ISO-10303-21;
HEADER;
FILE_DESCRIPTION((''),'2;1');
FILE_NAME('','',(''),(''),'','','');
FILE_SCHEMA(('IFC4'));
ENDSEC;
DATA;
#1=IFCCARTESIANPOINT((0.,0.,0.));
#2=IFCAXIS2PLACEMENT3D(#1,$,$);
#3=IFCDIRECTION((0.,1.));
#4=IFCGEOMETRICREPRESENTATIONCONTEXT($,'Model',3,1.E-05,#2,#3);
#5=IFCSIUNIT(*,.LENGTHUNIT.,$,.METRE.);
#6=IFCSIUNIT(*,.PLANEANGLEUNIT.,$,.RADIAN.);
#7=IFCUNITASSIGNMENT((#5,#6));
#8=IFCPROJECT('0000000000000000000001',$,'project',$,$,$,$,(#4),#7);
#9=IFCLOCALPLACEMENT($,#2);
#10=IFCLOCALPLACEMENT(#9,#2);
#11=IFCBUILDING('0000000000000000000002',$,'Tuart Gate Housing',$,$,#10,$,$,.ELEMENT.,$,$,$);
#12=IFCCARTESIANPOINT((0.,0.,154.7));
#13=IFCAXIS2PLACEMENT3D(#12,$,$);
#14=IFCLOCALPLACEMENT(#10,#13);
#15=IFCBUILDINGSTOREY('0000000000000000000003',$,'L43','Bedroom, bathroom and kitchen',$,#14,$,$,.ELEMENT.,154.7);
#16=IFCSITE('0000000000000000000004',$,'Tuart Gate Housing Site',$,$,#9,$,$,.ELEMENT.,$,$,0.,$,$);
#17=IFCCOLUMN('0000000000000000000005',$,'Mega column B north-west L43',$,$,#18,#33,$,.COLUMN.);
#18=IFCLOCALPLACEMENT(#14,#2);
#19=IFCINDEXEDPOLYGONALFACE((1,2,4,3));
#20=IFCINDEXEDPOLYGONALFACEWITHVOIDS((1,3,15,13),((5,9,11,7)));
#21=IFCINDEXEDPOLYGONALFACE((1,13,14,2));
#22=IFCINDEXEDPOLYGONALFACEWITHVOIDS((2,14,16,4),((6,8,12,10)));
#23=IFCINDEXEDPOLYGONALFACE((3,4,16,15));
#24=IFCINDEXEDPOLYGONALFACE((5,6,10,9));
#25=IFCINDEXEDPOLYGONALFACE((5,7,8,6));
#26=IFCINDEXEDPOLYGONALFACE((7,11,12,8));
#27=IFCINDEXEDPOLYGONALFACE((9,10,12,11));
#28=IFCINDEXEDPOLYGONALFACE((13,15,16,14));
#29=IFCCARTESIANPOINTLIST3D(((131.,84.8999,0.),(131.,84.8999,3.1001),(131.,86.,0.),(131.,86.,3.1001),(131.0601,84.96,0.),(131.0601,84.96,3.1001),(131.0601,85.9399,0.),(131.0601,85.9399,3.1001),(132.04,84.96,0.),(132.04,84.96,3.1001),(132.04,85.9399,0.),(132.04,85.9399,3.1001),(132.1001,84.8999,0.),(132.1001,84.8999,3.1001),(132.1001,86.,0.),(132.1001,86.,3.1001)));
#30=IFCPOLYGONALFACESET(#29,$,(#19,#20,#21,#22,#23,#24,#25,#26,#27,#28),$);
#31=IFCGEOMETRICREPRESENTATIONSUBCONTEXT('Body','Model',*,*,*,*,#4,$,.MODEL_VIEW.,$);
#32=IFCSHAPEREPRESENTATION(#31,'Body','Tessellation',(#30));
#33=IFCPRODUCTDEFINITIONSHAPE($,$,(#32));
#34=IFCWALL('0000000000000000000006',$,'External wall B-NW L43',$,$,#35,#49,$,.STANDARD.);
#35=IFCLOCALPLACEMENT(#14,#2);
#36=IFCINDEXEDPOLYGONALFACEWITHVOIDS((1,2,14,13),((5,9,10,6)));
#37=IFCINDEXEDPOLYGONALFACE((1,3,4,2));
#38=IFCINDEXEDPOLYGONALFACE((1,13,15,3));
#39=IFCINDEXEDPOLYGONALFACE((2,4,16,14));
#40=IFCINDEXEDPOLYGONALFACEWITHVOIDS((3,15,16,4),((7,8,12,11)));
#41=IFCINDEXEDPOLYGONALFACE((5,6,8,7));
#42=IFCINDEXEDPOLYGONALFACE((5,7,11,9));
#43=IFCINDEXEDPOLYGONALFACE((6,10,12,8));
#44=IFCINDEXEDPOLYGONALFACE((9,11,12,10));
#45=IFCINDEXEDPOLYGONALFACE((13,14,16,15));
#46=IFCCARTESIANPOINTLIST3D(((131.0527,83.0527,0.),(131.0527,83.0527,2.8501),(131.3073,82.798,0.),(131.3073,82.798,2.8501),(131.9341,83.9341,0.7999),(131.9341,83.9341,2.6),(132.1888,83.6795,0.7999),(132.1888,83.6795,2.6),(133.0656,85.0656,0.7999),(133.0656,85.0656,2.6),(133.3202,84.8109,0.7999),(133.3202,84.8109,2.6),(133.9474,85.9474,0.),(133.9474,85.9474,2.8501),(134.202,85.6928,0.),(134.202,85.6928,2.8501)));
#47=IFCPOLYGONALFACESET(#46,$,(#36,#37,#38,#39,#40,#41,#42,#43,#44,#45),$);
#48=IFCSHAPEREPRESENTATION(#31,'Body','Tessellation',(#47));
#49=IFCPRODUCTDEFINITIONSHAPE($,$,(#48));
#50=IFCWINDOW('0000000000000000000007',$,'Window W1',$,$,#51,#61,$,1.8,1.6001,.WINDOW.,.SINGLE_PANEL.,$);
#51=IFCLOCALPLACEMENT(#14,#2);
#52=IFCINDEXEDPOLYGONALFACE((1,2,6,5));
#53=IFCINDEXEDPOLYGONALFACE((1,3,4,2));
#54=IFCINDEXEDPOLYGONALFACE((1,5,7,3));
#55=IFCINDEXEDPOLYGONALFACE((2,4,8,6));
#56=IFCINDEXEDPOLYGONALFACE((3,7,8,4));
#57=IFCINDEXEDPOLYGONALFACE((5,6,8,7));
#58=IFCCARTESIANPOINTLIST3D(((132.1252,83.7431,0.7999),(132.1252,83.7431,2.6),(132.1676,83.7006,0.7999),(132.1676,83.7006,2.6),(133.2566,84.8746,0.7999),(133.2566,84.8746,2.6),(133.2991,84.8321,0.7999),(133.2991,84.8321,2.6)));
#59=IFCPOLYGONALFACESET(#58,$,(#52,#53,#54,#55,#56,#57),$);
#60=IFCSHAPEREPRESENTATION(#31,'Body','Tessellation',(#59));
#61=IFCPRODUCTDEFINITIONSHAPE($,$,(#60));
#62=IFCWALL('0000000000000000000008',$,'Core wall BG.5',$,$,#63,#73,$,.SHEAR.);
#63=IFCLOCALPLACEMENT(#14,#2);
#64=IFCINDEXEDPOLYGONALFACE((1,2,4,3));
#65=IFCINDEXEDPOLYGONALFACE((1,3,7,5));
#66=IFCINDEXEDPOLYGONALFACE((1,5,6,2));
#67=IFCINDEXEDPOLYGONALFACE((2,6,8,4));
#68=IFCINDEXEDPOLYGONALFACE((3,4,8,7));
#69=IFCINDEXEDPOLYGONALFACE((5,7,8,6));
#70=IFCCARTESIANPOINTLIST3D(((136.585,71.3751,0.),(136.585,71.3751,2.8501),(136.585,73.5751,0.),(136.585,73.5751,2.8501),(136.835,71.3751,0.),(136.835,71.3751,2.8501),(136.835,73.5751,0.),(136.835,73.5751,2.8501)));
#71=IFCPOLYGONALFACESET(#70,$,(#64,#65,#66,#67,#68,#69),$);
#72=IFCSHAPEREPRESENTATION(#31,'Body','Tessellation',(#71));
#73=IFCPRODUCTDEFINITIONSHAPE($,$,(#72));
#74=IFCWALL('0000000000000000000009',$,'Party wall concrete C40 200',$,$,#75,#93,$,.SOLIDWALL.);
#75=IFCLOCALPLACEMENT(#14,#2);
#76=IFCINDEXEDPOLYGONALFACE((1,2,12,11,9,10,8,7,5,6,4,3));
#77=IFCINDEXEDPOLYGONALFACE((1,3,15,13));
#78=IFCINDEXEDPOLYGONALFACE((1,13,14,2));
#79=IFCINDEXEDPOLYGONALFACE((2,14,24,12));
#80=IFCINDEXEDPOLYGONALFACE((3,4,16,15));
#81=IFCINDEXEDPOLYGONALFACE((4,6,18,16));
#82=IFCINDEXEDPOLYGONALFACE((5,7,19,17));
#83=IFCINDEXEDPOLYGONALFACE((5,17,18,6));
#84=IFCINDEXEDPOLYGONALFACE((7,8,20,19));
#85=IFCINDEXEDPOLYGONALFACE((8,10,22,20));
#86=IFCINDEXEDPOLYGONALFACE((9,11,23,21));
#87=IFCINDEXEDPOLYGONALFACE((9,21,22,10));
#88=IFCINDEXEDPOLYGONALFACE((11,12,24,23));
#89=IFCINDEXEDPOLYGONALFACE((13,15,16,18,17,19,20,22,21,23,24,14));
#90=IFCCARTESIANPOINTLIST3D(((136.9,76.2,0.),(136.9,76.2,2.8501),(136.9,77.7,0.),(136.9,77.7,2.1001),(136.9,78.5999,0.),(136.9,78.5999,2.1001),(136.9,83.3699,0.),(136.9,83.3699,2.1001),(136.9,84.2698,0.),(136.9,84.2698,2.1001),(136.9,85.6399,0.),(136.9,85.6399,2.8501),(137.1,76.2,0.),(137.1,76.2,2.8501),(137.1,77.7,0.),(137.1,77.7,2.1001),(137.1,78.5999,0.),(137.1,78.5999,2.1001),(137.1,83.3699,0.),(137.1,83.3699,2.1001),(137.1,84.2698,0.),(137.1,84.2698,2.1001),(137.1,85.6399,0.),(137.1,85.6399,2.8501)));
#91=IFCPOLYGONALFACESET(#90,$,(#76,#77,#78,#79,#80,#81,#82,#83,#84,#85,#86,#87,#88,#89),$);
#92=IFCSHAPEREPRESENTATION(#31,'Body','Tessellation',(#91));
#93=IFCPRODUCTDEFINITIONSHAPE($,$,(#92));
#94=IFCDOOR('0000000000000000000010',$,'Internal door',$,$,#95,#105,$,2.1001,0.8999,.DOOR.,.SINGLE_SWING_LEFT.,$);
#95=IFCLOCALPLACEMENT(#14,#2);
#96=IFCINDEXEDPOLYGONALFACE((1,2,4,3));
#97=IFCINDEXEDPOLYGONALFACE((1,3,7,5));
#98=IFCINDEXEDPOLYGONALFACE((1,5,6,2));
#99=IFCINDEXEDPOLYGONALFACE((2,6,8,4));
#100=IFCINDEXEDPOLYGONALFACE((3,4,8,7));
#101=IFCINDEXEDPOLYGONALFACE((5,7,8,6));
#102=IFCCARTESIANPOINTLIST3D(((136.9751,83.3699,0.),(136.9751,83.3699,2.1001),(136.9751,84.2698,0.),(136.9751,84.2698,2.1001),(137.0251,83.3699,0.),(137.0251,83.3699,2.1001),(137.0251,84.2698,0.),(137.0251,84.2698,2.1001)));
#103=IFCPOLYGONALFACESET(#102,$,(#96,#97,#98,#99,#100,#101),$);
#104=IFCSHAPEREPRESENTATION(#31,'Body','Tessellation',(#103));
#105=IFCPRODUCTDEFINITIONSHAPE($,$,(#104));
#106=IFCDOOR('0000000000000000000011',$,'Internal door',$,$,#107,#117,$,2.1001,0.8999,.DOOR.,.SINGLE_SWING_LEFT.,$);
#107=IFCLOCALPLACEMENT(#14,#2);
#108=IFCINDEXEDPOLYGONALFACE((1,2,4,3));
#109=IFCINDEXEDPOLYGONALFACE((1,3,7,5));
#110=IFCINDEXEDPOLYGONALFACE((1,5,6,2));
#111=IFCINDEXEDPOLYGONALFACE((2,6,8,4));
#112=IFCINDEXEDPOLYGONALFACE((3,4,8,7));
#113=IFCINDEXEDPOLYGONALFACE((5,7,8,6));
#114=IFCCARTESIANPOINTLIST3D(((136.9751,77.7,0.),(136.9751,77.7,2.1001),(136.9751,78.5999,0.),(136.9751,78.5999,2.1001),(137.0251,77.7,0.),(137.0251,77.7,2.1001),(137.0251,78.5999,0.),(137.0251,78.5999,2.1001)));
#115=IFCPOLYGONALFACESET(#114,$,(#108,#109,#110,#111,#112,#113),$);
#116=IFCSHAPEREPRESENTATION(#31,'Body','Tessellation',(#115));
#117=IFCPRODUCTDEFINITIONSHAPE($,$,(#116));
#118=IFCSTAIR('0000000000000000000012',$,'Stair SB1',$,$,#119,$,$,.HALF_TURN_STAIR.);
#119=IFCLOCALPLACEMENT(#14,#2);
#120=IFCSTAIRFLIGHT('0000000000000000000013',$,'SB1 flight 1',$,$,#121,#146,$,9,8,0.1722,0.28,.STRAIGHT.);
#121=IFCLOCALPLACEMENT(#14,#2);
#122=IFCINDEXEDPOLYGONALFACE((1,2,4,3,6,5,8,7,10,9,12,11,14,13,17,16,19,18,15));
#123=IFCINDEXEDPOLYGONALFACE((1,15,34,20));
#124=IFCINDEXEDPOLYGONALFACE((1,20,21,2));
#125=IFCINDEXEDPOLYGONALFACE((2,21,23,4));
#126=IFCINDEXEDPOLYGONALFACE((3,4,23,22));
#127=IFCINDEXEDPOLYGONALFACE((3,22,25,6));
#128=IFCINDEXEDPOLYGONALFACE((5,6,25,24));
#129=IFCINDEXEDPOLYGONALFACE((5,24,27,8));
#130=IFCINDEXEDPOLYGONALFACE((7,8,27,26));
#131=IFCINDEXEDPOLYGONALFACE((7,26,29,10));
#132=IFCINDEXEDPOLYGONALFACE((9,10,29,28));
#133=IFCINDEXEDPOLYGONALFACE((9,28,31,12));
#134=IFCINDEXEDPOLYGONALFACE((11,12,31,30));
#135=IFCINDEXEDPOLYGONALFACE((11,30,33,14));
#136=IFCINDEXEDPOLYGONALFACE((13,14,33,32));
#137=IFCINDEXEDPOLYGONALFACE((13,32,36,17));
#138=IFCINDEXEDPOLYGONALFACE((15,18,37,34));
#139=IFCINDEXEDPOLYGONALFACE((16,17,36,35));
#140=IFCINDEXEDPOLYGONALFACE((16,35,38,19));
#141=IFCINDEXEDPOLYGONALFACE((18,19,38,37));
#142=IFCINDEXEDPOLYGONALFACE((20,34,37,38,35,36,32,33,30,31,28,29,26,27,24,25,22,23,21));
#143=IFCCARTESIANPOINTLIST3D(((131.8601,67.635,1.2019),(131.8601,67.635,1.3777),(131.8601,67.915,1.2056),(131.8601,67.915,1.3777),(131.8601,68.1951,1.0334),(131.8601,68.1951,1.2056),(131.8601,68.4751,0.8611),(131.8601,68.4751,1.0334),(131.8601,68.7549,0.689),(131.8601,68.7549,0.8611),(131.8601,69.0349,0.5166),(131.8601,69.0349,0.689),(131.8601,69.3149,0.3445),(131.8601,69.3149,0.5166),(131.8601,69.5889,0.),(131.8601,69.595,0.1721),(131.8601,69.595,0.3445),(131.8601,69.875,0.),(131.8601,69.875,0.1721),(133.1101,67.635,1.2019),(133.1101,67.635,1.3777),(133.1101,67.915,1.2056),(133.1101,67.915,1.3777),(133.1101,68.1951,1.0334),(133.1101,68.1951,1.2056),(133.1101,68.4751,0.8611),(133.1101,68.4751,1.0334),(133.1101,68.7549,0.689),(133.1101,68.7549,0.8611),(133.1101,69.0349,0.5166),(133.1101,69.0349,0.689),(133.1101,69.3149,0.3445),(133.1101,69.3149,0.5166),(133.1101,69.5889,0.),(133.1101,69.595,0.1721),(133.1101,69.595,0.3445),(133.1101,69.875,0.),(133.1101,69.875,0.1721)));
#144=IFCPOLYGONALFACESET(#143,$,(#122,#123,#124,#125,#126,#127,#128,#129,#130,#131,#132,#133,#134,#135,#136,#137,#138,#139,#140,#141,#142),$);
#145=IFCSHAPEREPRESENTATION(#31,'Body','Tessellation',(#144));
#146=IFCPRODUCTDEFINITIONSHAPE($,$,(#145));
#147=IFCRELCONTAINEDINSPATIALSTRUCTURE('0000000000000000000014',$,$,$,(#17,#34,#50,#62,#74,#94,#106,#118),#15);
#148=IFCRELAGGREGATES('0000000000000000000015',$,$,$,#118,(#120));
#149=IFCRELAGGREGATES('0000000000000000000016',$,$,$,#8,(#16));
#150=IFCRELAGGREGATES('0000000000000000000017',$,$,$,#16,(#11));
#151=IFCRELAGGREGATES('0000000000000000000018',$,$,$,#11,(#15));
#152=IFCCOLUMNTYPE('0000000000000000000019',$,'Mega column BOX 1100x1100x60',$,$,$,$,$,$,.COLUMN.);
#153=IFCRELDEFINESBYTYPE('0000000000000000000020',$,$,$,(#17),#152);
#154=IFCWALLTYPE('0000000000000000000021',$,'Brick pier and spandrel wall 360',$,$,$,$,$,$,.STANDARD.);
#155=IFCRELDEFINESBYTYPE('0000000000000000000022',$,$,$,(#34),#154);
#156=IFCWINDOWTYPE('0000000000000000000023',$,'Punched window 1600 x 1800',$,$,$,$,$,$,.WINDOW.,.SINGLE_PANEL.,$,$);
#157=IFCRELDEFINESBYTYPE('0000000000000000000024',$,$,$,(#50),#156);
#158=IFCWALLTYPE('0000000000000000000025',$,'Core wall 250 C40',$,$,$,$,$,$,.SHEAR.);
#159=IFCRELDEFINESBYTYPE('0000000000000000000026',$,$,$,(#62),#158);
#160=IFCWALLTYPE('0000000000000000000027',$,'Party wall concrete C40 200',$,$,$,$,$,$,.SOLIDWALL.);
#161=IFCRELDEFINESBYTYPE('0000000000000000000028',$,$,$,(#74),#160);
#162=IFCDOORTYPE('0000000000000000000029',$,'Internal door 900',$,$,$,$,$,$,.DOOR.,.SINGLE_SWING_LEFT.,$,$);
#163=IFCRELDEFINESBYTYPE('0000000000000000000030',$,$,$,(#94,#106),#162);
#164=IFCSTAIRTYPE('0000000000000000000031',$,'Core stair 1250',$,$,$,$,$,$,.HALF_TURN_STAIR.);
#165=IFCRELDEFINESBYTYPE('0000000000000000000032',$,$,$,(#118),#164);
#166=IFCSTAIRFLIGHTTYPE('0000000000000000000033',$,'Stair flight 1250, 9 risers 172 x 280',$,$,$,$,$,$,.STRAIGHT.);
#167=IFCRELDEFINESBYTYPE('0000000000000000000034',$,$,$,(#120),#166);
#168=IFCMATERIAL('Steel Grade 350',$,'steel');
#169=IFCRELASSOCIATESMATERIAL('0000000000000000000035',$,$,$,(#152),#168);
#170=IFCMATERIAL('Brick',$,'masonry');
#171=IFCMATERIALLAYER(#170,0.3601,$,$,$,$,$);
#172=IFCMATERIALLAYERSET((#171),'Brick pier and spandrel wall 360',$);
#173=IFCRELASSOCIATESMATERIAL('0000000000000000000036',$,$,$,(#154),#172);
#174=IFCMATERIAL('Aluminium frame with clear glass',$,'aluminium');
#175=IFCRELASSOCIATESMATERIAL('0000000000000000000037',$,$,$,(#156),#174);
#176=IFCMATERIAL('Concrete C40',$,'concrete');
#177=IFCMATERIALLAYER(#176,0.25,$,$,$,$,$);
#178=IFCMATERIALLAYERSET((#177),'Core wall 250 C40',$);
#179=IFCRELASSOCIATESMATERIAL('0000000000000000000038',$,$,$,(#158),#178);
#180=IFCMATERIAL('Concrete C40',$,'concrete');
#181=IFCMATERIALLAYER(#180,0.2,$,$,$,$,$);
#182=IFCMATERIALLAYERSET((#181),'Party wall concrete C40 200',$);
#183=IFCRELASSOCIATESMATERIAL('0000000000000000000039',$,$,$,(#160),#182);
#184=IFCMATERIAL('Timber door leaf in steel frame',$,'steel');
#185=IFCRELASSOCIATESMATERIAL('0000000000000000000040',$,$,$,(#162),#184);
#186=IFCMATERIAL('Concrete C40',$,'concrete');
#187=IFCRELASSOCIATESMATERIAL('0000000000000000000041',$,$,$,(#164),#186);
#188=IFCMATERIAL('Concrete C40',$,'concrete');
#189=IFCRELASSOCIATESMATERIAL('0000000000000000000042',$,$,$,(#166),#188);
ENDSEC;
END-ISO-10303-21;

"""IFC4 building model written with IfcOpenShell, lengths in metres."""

from ifc_helpers import new_model, si_unit, direction, frame, frame_2d, origin, origin_2d, place, context, subcontext, project, spatial, polyline, rectangle, hollow_rectangle, outline, extrude, material, layer, layer_set, material_profile, profile_set, type_object, element, fill, aggregate, save


model = new_model("IFC4")

# Units and contexts
model_context = context("Model", 3, precision=1e-05, world=origin(), true_north=direction((0.0, 1.0)))
body_context = subcontext(model_context, "Body", "Model", "MODEL_VIEW")
ifc_project = project(units=[si_unit("LENGTHUNIT", "METRE"), si_unit("PLANEANGLEUNIT", "RADIAN")], contexts=[model_context])

# Site, building, storey
site_placement = place(None, origin())
site = spatial("IfcSite", under=ifc_project, at=site_placement, Name="Tuart Gate Housing Site", CompositionType="ELEMENT", RefElevation=0.0)
building_placement = place(site_placement, origin())
building = spatial("IfcBuilding", under=site, at=building_placement, Name="Tuart Gate Housing", CompositionType="ELEMENT")
storey_placement = place(building_placement, frame((0.0, 0.0, 154.7)))
storey = spatial("IfcBuildingStorey", under=building, at=storey_placement, Name="L43", Description="Bedroom, bathroom and kitchen", CompositionType="ELEMENT", Elevation=154.7)

# Column
ifc_material_1 = material(Name="Steel Grade 350", Category="steel")
ifc_material_profile = material_profile(ifc_material_1, hollow_rectangle(XDim=1.1001, YDim=1.1001, WallThickness=0.0601, at=origin_2d()), Name="BOX 1100x1100x60")
ifc_profile_set = profile_set([ifc_material_profile], Name="Steel Grade 350")
column_type = type_object("IfcColumnType", Name="Mega column BOX 1100x1100x60", PredefinedType="COLUMN", material=ifc_profile_set)
column_placement = place(storey_placement, frame((131.55, 85.45, 0.0), z_axis=(0.0, 0.0, 1.0), x_axis=(1.0, 0.0, 0.0)))
element("IfcColumn", 1, at=column_placement, inside=storey, type_object=column_type, Name="Mega column B north-west L43", PredefinedType="COLUMN", context=body_context, shape_type="SweptSolid", body=[
    extrude(hollow_rectangle(XDim=1.1001, YDim=1.1001, WallThickness=0.0601, at=origin_2d()), origin(), (0.0, 0.0, 1.0), 3.1001),
])

# Wall, opening, window
ifc_material_2 = material(Name="Brick", Category="masonry")
ifc_layer_1 = layer(ifc_material_2, 0.3601)
ifc_layer_set_1 = layer_set([ifc_layer_1], Name="Brick pier and spandrel wall 360")
wall_type_1 = type_object("IfcWallType", Name="Brick pier and spandrel wall 360", PredefinedType="STANDARD", material=ifc_layer_set_1)
wall_1_placement = place(storey_placement, frame((134.0747, 85.8201, 0.0), z_axis=(0.0, 0.0, 1.0), x_axis=(-0.707107, -0.707107, 0.0)))
wall_1 = element("IfcWall", 2, at=wall_1_placement, inside=storey, type_object=wall_type_1, Name="External wall B-NW L43", PredefinedType="STANDARD", context=body_context, shape_type="SweptSolid", body=[
    extrude(rectangle(XDim=4.0938, YDim=0.3601, at=frame_2d((2.0469, 0.0))), origin(), (0.0, 0.0, 1.0), 2.8501),
])
opening_1_placement = place(wall_1_placement, frame((1.2471, 0.0, 0.8)))
opening_1 = element("IfcOpeningElement", 3, at=opening_1_placement, cuts=wall_1, PredefinedType="OPENING", context=body_context, shape_type="SweptSolid", body=[
    extrude(rectangle(XDim=1.6001, YDim=1.8, at=frame_2d((0.8, 0.8999))), frame((0.0, 0.1899, 0.0), z_axis=(0.0, -1.0, 0.0), x_axis=(1.0, 0.0, 0.0)), (0.0, 0.0, 1.0), 0.3801),
])
ifc_material_3 = material(Name="Aluminium frame with clear glass", Category="aluminium")
window_type = type_object("IfcWindowType", Name="Punched window 1600 x 1800", PartitioningType="SINGLE_PANEL", PredefinedType="WINDOW", material=ifc_material_3)
window_placement = place(opening_1_placement, origin())
window = element("IfcWindow", 4, at=window_placement, inside=storey, type_object=window_type, Name="Window W1", OverallHeight=1.8, OverallWidth=1.6001, PartitioningType="SINGLE_PANEL", PredefinedType="WINDOW", context=body_context, shape_type="SweptSolid", body=[
    extrude(rectangle(XDim=1.6001, YDim=1.8, at=frame_2d((0.8, 0.8999))), frame((0.0, 0.1501, 0.0), z_axis=(0.0, -1.0, 0.0), x_axis=(1.0, 0.0, 0.0)), (0.0, 0.0, 1.0), 0.0601),
])
fill(opening_1, window)

# Wall
ifc_material_4 = material(Name="Concrete C40", Category="concrete")
ifc_layer_2 = layer(ifc_material_4, 0.25)
ifc_layer_set_2 = layer_set([ifc_layer_2], Name="Core wall 250 C40")
wall_type_2 = type_object("IfcWallType", Name="Core wall 250 C40", PredefinedType="SHEAR", material=ifc_layer_set_2)
wall_2_placement = place(storey_placement, frame((136.71, 71.375, 0.0), z_axis=(0.0, 0.0, 1.0), x_axis=(0.0, 1.0, 0.0)))
element("IfcWall", 5, at=wall_2_placement, inside=storey, type_object=wall_type_2, Name="Core wall BG.5", PredefinedType="SHEAR", context=body_context, shape_type="SweptSolid", body=[
    extrude(rectangle(XDim=2.2, YDim=0.25, at=frame_2d((1.1001, 0.0))), origin(), (0.0, 0.0, 1.0), 2.8501),
])

# Wall, openings, doors
ifc_material_5 = material(Name="Concrete C40", Category="concrete")
ifc_layer_3 = layer(ifc_material_5, 0.2)
ifc_layer_set_3 = layer_set([ifc_layer_3], Name="Party wall concrete C40 200")
wall_type_3 = type_object("IfcWallType", Name="Party wall concrete C40 200", PredefinedType="SOLIDWALL", material=ifc_layer_set_3)
wall_3_placement = place(storey_placement, frame((137.0, 76.2, 0.0), z_axis=(0.0, 0.0, 1.0), x_axis=(0.0, 1.0, 0.0)))
wall_3 = element("IfcWall", 6, at=wall_3_placement, inside=storey, type_object=wall_type_3, Name="Party wall concrete C40 200", PredefinedType="SOLIDWALL", context=body_context, shape_type="SweptSolid", body=[
    extrude(rectangle(XDim=9.4399, YDim=0.2, at=frame_2d((4.72, 0.0))), origin(), (0.0, 0.0, 1.0), 2.8501),
])
opening_2_placement = place(wall_3_placement, frame((7.1699, 0.0, 0.0)))
opening_2 = element("IfcOpeningElement", 7, at=opening_2_placement, cuts=wall_3, PredefinedType="OPENING", context=body_context, shape_type="SweptSolid", body=[
    extrude(rectangle(XDim=0.8999, YDim=2.1001, at=frame_2d((0.45, 1.05))), frame((0.0, 0.1099, 0.0), z_axis=(0.0, -1.0, 0.0), x_axis=(1.0, 0.0, 0.0)), (0.0, 0.0, 1.0), 0.22),
])
opening_3_placement = place(wall_3_placement, frame((1.5, 0.0, 0.0)))
opening_3 = element("IfcOpeningElement", 8, at=opening_3_placement, cuts=wall_3, PredefinedType="OPENING", context=body_context, shape_type="SweptSolid", body=[
    extrude(rectangle(XDim=0.8999, YDim=2.1001, at=frame_2d((0.45, 1.05))), frame((0.0, 0.1099, 0.0), z_axis=(0.0, -1.0, 0.0), x_axis=(1.0, 0.0, 0.0)), (0.0, 0.0, 1.0), 0.22),
])
ifc_material_6 = material(Name="Timber door leaf in steel frame", Category="steel")
door_type = type_object("IfcDoorType", Name="Internal door 900", OperationType="SINGLE_SWING_LEFT", PredefinedType="DOOR", material=ifc_material_6)
door_1_placement = place(opening_2_placement, origin())
door_1 = element("IfcDoor", 9, at=door_1_placement, inside=storey, type_object=door_type, Name="Internal door", OperationType="SINGLE_SWING_LEFT", OverallHeight=2.1001, OverallWidth=0.8999, PredefinedType="DOOR", context=body_context, shape_type="SweptSolid", body=[
    extrude(rectangle(XDim=0.8999, YDim=2.1001, at=frame_2d((0.45, 1.05))), frame((0.0, 0.0249, 0.0), z_axis=(0.0, -1.0, 0.0), x_axis=(1.0, 0.0, 0.0)), (0.0, 0.0, 1.0), 0.05),
])
fill(opening_2, door_1)
door_2_placement = place(opening_3_placement, origin())
door_2 = element("IfcDoor", 10, at=door_2_placement, inside=storey, type_object=door_type, Name="Internal door", OperationType="SINGLE_SWING_LEFT", OverallHeight=2.1001, OverallWidth=0.8999, PredefinedType="DOOR", context=body_context, shape_type="SweptSolid", body=[
    extrude(rectangle(XDim=0.8999, YDim=2.1001, at=frame_2d((0.45, 1.05))), frame((0.0, 0.0249, 0.0), z_axis=(0.0, -1.0, 0.0), x_axis=(1.0, 0.0, 0.0)), (0.0, 0.0, 1.0), 0.05),
])
fill(opening_3, door_2)

# Stair, stair flight
ifc_material_7 = material(Name="Concrete C40", Category="concrete")
stair_type = type_object("IfcStairType", Name="Core stair 1250", PredefinedType="HALF_TURN_STAIR", material=ifc_material_7)
stair_placement = place(storey_placement, origin())
stair = element("IfcStair", 11, at=stair_placement, inside=storey, type_object=stair_type, Name="Stair SB1", PredefinedType="HALF_TURN_STAIR")
ifc_material_8 = material(Name="Concrete C40", Category="concrete")
stair_flight_type = type_object("IfcStairFlightType", Name="Stair flight 1250, 9 risers 172 x 280", PredefinedType="STRAIGHT", material=ifc_material_8)
stair_flight_1_placement = place(storey_placement, frame((132.4851, 69.875, 0.0), z_axis=(0.0, 0.0, 1.0), x_axis=(0.0, -1.0, 0.0)))
stair_flight_1 = element("IfcStairFlight", 12, at=stair_flight_1_placement, type_object=stair_flight_type, Name="SB1 flight 1", NumberOfRisers=9, NumberOfTreads=8, PredefinedType="STRAIGHT", RiserHeight=0.1722, TreadLength=0.28, context=body_context, shape_type="SweptSolid", body=[
    extrude(outline(polyline([(0.0, 0.0), (0.0, 0.1721), (0.28, 0.1721), (0.28, 0.3445), (0.5601, 0.3445), (0.5601, 0.5166), (0.8401, 0.5166), (0.8401, 0.689), (1.1201, 0.689), (1.1201, 0.8611), (1.3999, 0.8611), (1.3999, 1.0334), (1.6799, 1.0334), (1.6799, 1.2056), (1.96, 1.2056), (1.96, 1.3777), (2.24, 1.3777), (2.24, 1.55), (2.24, 1.2019), (0.2861, 0.0), (0.0, 0.0)])), frame((0.0, 0.625, 0.0), z_axis=(0.0, -1.0, 0.0), x_axis=(1.0, 0.0, 0.0)), (0.0, 0.0, 1.0), 1.25),
])
aggregate(stair, [stair_flight_1])

save(model, "model.ifc")
